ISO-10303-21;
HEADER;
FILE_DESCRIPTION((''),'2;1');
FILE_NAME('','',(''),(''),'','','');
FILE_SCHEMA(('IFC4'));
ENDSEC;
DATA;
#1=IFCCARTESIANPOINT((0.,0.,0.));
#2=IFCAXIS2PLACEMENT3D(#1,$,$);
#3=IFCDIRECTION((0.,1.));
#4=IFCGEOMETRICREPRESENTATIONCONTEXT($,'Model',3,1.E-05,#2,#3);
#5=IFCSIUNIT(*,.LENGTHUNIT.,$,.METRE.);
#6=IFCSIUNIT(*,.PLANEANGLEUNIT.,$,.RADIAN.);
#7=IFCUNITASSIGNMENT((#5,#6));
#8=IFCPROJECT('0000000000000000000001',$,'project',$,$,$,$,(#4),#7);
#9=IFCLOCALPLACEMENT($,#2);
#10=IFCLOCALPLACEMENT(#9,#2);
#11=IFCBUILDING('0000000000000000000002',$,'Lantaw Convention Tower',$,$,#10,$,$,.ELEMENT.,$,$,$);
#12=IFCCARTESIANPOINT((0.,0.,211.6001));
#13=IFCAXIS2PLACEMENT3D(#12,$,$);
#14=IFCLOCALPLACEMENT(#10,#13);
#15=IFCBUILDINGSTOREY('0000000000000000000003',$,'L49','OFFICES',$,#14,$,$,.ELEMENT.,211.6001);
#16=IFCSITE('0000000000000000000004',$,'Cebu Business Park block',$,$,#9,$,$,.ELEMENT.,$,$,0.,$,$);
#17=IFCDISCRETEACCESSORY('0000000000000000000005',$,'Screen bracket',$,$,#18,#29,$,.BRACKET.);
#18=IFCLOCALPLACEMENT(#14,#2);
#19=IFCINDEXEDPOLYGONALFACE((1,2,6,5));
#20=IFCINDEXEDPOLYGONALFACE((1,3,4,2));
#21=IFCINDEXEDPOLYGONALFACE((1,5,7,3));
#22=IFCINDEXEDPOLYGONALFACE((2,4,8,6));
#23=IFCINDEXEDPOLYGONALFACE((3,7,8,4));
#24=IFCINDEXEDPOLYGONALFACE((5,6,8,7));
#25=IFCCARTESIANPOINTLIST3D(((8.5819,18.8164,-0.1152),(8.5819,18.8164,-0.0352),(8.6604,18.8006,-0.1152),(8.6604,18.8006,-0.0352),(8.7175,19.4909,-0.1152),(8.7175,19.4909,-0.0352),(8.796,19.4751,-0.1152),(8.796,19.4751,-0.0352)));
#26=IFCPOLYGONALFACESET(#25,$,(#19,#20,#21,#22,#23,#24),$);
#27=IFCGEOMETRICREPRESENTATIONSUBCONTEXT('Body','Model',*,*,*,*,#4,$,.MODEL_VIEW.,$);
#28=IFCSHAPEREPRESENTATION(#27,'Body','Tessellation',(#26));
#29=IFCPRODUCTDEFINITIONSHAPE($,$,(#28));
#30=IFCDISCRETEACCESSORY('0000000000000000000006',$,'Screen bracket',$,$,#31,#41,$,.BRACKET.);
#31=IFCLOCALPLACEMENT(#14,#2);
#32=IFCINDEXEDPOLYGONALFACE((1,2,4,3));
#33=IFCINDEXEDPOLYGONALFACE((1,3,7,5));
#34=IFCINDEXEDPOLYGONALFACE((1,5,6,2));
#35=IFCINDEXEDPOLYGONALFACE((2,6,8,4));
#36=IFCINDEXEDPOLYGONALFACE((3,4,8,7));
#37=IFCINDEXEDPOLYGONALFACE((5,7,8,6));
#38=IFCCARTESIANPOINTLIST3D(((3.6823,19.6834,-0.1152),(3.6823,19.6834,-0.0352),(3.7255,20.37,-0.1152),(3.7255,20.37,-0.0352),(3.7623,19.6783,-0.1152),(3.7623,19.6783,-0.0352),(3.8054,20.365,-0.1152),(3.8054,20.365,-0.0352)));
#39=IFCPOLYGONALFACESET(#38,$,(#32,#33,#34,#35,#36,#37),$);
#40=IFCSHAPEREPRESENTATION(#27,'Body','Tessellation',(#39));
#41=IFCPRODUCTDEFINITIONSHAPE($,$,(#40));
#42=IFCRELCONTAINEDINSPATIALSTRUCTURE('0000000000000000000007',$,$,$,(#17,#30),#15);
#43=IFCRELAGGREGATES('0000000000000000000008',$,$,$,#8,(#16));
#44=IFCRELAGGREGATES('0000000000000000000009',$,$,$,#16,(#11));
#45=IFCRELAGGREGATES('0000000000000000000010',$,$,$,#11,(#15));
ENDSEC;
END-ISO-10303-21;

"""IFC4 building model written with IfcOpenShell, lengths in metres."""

from ifc_helpers import new_model, si_unit, direction, frame, origin, origin_2d, place, context, subcontext, project, spatial, rectangle, extrude, element, save


model = new_model("IFC4")

# Units and contexts
model_context = context("Model", 3, precision=1e-05, world=origin(), true_north=direction((0.0, 1.0)))
body_context = subcontext(model_context, "Body", "Model", "MODEL_VIEW")
ifc_project = project(units=[si_unit("LENGTHUNIT", "METRE"), si_unit("PLANEANGLEUNIT", "RADIAN")], contexts=[model_context])

# Site, building, storey
site_placement = place(None, origin())
site = spatial("IfcSite", under=ifc_project, at=site_placement, Name="Cebu Business Park block", CompositionType="ELEMENT", RefElevation=0.0)
building_placement = place(site_placement, origin())
building = spatial("IfcBuilding", under=site, at=building_placement, Name="Lantaw Convention Tower", CompositionType="ELEMENT")
storey_placement = place(building_placement, frame((0.0, 0.0, 211.6001)))
storey = spatial("IfcBuildingStorey", under=building, at=storey_placement, Name="L49", Description="OFFICES", CompositionType="ELEMENT", Elevation=211.6001)

# Discrete accessories
for number, where, z_axis, x_axis, name in (
    (1, (8.689, 19.1458, -0.1152), (0.0, 0.0, 1.0), (-0.980367, 0.197183, 0.0), "Screen bracket"),
    (2, (3.7439, 20.0242, -0.1152), (0.0, 0.0, 1.0), (-0.998029, 0.062758, 0.0), "Screen bracket"),
):
    element("IfcDiscreteAccessory", number, at=place(storey_placement, frame(where, z_axis=z_axis, x_axis=x_axis)), inside=storey, Name=name, PredefinedType="BRACKET", context=body_context, shape_type="SweptSolid", body=[
        extrude(rectangle(XDim=0.0801, YDim=0.688, at=origin_2d()), origin(), (0.0, 0.0, 1.0), 0.0801),
    ])

save(model, "model.ifc")
